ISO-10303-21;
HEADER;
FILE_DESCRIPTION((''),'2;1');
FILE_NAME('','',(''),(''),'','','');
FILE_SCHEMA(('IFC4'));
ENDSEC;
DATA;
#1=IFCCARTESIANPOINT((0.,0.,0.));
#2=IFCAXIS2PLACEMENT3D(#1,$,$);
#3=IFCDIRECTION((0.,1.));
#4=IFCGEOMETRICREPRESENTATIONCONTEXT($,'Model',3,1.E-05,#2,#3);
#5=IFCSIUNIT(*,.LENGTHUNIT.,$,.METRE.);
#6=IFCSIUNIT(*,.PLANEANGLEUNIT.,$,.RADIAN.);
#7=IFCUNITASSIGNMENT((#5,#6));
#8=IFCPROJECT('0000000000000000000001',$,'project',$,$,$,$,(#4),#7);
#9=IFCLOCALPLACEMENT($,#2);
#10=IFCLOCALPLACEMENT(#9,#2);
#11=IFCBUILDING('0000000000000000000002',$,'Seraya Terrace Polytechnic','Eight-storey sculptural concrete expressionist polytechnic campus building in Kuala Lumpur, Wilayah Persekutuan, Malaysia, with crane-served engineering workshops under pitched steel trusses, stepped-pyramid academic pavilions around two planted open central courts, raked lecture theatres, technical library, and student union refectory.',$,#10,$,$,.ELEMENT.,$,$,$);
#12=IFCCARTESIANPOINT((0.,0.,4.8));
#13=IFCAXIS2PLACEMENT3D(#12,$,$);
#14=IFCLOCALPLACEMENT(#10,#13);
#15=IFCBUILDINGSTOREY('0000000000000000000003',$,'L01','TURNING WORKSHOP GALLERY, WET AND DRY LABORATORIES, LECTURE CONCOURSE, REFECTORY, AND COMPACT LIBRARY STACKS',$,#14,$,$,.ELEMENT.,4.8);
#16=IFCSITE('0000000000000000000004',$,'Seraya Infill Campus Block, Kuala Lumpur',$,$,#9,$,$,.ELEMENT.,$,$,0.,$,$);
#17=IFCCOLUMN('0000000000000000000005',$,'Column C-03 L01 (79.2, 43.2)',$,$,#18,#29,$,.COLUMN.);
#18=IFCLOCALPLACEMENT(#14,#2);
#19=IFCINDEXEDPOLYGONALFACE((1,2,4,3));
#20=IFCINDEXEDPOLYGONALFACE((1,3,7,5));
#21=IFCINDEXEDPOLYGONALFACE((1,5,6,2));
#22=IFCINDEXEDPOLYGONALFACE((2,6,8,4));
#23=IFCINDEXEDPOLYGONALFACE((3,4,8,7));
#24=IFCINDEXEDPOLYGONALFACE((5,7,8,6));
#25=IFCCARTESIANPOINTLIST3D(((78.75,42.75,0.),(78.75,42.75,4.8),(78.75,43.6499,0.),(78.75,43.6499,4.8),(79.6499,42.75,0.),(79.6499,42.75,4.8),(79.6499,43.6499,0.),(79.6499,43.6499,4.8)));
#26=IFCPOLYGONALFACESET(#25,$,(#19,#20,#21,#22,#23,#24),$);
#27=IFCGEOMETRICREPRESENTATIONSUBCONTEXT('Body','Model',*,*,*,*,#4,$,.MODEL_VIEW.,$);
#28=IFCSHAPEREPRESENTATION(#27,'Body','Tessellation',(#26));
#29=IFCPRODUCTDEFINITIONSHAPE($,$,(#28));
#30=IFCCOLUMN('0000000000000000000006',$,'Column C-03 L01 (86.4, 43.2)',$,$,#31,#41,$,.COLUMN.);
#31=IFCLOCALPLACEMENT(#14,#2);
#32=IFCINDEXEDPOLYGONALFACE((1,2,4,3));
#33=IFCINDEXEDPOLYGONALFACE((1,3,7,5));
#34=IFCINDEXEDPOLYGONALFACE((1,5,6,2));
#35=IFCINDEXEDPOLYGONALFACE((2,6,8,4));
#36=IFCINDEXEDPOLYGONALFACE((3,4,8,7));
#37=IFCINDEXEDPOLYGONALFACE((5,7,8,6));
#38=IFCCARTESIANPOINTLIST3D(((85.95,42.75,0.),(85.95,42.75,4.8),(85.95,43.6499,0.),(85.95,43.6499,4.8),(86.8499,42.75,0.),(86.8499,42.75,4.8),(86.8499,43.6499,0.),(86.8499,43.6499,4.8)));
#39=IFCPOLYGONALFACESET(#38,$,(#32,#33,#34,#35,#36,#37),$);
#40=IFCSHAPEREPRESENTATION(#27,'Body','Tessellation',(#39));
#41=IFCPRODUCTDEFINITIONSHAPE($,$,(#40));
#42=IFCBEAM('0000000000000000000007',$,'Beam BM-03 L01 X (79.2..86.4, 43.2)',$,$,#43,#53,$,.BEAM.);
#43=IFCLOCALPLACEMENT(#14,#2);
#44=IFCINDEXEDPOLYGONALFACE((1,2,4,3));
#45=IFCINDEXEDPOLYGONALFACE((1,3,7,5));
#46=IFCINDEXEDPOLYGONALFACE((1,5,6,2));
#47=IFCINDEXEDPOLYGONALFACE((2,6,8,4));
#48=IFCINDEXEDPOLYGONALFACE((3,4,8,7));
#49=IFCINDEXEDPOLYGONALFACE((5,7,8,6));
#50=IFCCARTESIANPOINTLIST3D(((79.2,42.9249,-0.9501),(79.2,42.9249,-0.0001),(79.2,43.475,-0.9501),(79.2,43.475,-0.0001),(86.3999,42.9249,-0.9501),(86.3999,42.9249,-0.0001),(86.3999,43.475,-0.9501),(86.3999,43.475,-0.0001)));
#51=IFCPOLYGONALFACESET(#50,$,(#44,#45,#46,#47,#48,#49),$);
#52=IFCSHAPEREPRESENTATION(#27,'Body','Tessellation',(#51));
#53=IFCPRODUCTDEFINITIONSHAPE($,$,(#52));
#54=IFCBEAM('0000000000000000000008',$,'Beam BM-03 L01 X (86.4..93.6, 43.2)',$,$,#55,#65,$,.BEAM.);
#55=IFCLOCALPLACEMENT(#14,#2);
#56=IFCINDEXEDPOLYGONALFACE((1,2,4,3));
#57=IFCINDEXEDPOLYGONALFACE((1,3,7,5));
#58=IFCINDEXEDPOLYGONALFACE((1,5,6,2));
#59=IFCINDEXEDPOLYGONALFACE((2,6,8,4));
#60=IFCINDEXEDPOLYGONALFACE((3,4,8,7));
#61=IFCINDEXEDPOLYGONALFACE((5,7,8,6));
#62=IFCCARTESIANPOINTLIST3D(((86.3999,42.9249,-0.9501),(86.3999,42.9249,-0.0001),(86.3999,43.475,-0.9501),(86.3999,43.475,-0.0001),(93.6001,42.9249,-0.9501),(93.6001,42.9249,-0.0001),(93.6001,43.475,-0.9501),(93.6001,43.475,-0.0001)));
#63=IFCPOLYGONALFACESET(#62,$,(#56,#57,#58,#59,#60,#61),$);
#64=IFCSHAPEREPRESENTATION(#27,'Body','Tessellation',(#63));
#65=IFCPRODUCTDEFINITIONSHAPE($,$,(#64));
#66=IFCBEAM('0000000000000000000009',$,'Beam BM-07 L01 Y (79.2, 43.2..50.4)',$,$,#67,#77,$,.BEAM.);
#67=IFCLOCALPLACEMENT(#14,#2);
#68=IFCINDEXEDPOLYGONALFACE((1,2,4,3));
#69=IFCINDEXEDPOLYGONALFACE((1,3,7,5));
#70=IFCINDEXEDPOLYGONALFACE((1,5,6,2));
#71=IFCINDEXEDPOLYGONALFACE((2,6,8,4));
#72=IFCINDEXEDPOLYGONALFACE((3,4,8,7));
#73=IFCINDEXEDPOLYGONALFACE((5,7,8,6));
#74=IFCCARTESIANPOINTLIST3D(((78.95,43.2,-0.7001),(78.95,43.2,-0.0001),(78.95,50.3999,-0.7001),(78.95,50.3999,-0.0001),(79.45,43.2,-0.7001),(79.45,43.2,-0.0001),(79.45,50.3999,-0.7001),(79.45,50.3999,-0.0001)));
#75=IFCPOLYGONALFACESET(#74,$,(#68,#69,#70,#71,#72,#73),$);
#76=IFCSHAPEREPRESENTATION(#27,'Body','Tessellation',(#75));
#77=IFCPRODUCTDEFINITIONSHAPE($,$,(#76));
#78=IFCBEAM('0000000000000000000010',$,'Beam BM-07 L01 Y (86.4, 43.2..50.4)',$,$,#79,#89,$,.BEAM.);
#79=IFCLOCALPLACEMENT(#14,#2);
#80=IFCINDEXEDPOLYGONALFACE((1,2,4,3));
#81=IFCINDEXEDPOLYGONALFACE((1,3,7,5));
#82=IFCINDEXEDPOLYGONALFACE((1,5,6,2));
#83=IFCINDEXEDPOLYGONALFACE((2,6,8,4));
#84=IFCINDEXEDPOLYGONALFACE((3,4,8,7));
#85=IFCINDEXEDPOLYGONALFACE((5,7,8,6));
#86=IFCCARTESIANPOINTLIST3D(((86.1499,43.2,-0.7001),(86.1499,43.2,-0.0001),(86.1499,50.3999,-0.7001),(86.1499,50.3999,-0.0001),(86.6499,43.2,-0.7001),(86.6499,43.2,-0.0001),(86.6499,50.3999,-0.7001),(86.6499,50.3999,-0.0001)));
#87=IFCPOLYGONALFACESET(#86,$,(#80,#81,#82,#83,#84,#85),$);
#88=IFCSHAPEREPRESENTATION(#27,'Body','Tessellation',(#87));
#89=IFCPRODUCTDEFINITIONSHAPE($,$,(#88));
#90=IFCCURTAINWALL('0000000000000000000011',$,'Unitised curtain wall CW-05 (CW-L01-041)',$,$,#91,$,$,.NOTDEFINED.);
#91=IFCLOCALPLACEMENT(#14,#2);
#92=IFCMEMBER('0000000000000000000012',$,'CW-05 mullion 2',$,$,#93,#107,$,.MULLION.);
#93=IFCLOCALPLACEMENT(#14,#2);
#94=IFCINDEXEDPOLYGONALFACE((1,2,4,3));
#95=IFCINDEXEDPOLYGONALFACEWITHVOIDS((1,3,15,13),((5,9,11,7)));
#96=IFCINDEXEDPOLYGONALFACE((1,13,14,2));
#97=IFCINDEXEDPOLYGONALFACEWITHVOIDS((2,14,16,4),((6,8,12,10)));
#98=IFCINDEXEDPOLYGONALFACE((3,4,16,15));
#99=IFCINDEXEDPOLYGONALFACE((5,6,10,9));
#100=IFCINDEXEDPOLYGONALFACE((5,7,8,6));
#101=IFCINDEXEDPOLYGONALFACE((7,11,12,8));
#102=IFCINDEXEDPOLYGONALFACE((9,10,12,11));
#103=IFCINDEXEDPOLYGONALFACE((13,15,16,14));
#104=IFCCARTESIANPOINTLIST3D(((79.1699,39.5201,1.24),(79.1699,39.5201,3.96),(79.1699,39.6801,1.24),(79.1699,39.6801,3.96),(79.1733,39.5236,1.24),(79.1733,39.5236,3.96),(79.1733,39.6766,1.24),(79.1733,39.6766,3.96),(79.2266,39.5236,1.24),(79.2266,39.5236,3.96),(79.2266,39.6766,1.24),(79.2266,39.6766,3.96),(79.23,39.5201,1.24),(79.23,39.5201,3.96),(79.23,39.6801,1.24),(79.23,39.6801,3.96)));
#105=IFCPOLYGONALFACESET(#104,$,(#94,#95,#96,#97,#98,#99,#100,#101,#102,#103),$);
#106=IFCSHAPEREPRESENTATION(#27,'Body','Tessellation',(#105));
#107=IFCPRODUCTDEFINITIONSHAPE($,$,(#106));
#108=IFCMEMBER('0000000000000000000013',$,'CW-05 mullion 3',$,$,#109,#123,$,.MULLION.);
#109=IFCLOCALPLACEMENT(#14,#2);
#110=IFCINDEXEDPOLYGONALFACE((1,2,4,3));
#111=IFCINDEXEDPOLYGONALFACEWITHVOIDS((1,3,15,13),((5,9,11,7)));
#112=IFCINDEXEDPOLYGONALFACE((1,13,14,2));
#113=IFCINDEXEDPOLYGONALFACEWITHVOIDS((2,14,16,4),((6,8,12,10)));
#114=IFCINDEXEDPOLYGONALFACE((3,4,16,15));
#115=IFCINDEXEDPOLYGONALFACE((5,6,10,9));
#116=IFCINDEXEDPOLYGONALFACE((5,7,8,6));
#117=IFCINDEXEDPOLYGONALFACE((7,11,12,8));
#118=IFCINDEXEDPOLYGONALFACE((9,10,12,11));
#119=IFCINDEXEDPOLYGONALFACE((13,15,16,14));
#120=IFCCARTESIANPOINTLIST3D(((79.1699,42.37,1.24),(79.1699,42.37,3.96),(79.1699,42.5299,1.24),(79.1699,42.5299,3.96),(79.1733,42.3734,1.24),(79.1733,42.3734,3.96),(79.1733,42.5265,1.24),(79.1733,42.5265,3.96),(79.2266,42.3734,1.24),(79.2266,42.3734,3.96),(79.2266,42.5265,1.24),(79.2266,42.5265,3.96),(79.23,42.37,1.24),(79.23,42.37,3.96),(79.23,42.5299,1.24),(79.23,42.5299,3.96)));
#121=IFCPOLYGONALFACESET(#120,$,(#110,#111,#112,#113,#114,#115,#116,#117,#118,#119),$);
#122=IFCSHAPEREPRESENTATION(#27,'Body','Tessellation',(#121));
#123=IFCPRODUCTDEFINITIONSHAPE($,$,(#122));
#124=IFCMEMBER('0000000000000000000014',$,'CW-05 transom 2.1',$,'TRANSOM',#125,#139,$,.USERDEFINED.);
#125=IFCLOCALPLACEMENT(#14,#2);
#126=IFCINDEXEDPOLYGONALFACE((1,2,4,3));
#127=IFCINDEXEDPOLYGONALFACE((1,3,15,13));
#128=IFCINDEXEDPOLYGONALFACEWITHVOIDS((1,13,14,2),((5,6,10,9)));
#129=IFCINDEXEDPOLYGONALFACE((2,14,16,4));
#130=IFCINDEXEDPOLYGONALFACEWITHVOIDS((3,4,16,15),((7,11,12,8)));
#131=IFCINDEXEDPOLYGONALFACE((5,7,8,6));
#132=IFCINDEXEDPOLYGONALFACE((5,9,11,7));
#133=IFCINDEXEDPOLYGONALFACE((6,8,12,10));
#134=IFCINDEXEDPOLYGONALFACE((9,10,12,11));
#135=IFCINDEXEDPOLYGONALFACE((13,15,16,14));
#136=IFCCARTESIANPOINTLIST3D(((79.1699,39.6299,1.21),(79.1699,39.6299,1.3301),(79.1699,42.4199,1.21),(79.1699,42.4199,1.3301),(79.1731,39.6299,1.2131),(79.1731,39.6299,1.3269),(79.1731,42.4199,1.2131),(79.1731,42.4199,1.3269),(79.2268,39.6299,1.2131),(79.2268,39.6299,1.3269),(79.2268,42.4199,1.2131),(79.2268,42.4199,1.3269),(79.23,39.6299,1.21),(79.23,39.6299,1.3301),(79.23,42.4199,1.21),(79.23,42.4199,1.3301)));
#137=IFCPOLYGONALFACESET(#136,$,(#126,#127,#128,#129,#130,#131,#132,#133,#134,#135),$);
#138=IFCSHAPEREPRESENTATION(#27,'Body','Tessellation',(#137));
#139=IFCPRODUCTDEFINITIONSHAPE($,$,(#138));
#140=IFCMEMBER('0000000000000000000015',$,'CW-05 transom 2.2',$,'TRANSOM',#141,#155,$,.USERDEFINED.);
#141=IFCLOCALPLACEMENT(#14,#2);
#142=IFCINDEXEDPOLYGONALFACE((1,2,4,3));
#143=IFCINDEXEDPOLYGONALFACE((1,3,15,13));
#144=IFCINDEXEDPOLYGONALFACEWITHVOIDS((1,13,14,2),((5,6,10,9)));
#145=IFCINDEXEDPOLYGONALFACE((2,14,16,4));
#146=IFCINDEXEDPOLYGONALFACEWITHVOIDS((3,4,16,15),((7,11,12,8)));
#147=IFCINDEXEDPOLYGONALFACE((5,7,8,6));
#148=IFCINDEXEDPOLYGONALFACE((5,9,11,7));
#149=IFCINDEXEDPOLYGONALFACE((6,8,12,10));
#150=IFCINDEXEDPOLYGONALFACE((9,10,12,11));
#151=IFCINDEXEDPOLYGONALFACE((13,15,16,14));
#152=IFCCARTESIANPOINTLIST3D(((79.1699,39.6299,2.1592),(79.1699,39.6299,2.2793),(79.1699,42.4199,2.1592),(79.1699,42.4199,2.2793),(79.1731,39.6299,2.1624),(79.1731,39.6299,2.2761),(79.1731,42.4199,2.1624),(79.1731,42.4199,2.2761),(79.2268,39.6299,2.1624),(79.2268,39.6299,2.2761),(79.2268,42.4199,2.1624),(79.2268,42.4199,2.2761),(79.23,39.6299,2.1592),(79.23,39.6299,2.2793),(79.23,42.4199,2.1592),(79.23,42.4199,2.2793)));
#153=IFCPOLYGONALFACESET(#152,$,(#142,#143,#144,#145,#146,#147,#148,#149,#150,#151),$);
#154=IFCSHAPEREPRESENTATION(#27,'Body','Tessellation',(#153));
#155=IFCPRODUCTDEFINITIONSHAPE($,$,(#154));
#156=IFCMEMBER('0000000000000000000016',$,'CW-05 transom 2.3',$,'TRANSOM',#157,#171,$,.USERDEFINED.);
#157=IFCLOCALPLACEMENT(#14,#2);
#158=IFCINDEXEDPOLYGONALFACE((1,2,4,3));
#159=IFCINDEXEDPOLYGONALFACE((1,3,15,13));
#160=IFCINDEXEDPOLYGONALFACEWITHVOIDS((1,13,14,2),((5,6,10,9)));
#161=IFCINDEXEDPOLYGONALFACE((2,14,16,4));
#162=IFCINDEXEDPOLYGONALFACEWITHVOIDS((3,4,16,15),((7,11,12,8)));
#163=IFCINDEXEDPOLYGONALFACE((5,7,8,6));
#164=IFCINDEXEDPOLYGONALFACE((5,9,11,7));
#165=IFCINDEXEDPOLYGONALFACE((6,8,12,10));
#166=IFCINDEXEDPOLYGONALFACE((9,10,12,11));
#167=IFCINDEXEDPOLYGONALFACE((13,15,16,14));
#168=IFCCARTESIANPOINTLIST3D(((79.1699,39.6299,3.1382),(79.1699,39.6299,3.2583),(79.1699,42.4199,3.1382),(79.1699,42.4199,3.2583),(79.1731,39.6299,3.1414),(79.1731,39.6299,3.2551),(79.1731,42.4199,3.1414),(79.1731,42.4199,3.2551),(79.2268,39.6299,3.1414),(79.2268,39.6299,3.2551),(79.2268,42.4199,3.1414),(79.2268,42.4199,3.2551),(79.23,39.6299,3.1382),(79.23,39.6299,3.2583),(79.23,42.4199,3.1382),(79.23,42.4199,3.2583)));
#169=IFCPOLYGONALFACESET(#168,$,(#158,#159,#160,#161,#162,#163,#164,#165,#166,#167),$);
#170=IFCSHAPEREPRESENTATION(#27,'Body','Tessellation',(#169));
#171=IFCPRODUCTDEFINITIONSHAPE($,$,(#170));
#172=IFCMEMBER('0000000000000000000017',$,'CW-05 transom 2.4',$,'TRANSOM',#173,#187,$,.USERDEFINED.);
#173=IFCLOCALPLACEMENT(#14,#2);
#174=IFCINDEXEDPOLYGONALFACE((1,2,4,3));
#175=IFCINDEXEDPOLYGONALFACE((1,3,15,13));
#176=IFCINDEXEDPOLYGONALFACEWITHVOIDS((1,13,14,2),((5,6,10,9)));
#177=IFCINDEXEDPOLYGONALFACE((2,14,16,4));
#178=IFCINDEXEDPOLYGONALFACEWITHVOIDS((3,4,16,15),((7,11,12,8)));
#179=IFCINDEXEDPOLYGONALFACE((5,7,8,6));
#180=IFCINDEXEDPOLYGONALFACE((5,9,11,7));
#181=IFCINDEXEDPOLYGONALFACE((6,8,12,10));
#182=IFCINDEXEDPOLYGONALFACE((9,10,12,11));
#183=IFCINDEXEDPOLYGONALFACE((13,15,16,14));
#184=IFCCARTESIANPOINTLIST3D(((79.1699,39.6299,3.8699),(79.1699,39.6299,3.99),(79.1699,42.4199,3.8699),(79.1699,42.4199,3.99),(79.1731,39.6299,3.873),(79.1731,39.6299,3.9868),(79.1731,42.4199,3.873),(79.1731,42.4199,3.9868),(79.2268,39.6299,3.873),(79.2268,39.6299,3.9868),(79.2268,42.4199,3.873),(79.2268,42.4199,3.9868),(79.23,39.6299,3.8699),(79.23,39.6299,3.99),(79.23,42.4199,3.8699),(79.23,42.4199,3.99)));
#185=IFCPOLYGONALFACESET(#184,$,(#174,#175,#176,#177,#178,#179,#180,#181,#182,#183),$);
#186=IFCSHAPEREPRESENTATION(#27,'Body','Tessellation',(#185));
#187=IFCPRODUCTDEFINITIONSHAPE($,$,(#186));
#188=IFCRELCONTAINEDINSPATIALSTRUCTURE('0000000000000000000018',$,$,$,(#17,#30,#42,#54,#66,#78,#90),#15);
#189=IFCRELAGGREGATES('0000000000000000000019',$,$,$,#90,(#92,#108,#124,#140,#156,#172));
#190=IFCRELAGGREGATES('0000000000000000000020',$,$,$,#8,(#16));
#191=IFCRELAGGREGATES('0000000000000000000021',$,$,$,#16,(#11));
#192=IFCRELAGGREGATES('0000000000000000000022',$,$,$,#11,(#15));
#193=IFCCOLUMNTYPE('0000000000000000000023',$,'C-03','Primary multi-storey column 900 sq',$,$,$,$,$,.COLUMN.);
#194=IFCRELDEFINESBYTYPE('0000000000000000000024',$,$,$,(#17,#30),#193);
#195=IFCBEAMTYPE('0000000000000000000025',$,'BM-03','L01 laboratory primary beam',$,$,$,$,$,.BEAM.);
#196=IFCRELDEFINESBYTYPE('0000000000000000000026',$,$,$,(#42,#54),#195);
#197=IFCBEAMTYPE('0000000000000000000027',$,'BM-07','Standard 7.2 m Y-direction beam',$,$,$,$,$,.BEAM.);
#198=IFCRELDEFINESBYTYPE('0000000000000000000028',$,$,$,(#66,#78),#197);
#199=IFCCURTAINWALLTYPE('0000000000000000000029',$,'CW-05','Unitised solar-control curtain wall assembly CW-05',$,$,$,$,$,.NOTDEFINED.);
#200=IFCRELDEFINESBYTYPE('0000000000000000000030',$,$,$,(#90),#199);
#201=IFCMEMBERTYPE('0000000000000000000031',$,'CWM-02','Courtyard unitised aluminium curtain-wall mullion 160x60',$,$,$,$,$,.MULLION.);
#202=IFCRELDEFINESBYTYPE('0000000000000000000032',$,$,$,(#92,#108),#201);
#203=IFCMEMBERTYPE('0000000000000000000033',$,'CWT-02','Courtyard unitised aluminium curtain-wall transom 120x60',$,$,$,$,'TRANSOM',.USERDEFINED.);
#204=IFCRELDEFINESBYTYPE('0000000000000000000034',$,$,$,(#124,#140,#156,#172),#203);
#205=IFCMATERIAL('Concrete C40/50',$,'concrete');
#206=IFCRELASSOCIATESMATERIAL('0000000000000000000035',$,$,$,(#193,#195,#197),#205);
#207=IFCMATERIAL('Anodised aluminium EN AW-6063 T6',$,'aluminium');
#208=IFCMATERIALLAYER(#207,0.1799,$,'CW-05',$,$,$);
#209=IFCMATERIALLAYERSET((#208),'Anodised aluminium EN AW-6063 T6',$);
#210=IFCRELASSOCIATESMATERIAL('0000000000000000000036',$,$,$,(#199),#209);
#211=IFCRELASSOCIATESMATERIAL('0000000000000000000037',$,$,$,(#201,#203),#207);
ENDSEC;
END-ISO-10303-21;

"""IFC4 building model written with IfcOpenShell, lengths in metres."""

from ifc_helpers import new_model, si_unit, direction, frame, origin, origin_2d, place, context, subcontext, project, spatial, rectangle, hollow_rectangle, extrude, material, layer, layer_set, material_profile, profile_set, type_object, element, aggregate, save


model = new_model("IFC4")

# Units and contexts
model_context = context("Model", 3, precision=1e-05, world=origin(), true_north=direction((0.0, 1.0)))
body_context = subcontext(model_context, "Body", "Model", "MODEL_VIEW")
ifc_project = project(units=[si_unit("LENGTHUNIT", "METRE"), si_unit("PLANEANGLEUNIT", "RADIAN")], contexts=[model_context])

# Site, building, storey
site_placement = place(None, origin())
site = spatial("IfcSite", under=ifc_project, at=site_placement, Name="Seraya Infill Campus Block, Kuala Lumpur", CompositionType="ELEMENT", RefElevation=0.0)
building_placement = place(site_placement, origin())
building = spatial("IfcBuilding", under=site, at=building_placement, Name="Seraya Terrace Polytechnic", Description="Eight-storey sculptural concrete expressionist polytechnic campus building in Kuala Lumpur, Wilayah Persekutuan, Malaysia, with crane-served engineering workshops under pitched steel trusses, stepped-pyramid academic pavilions around two planted open central courts, raked lecture theatres, technical library, and student union refectory.", CompositionType="ELEMENT")
storey_placement = place(building_placement, frame((0.0, 0.0, 4.8)))
storey = spatial("IfcBuildingStorey", under=building, at=storey_placement, Name="L01", Description="TURNING WORKSHOP GALLERY, WET AND DRY LABORATORIES, LECTURE CONCOURSE, REFECTORY, AND COMPACT LIBRARY STACKS", CompositionType="ELEMENT", Elevation=4.8)

# Columns
ifc_material_1 = material(Name="Concrete C40/50", Category="concrete")
ifc_material_profile_1 = material_profile(ifc_material_1, rectangle(XDim=0.8999, YDim=0.8999, at=origin_2d()), Name="RC 900x900")
ifc_profile_set_1 = profile_set([ifc_material_profile_1], Name="Concrete C40/50")
column_type = type_object("IfcColumnType", Name="C-03", Description="Primary multi-storey column 900 sq", PredefinedType="COLUMN", material=ifc_profile_set_1)
for number, where, z_axis, x_axis, name in (
    (1, (79.2, 43.2, 0.0), (0.0, 0.0, 1.0), (1.0, 0.0, 0.0), "Column C-03 L01 (79.2, 43.2)"),
    (2, (86.3999, 43.2, 0.0), (0.0, 0.0, 1.0), (1.0, 0.0, 0.0), "Column C-03 L01 (86.4, 43.2)"),
):
    element("IfcColumn", number, at=place(storey_placement, frame(where, z_axis=z_axis, x_axis=x_axis)), inside=storey, type_object=column_type, Name=name, PredefinedType="COLUMN", context=body_context, shape_type="SweptSolid", body=[
        extrude(rectangle(XDim=0.8999, YDim=0.8999, at=origin_2d()), origin(), (0.0, 0.0, 1.0), 4.8),
    ])

# Beams
ifc_material_profile_2 = material_profile(ifc_material_1, rectangle(XDim=0.55, YDim=0.95, at=origin_2d()), Name="RC 550x950")
ifc_profile_set_2 = profile_set([ifc_material_profile_2], Name="Concrete C40/50")
beam_type_1 = type_object("IfcBeamType", Name="BM-03", Description="L01 laboratory primary beam", PredefinedType="BEAM", material=ifc_profile_set_2)
beam_1_placement = place(storey_placement, frame((79.2, 43.2, -0.4751), z_axis=(1.0, 0.0, 0.0), x_axis=(0.0, 1.0, 0.0)))
element("IfcBeam", 3, at=beam_1_placement, inside=storey, type_object=beam_type_1, Name="Beam BM-03 L01 X (79.2..86.4, 43.2)", PredefinedType="BEAM", context=body_context, shape_type="SweptSolid", body=[
    extrude(rectangle(XDim=0.55, YDim=0.95, at=origin_2d()), origin(), (0.0, 0.0, 1.0), 7.2),
])
beam_2_placement = place(storey_placement, frame((86.3999, 43.2, -0.4751), z_axis=(1.0, 0.0, 0.0), x_axis=(0.0, 1.0, 0.0)))
element("IfcBeam", 4, at=beam_2_placement, inside=storey, type_object=beam_type_1, Name="Beam BM-03 L01 X (86.4..93.6, 43.2)", PredefinedType="BEAM", context=body_context, shape_type="SweptSolid", body=[
    extrude(rectangle(XDim=0.55, YDim=0.95, at=origin_2d()), origin(), (0.0, 0.0, 1.0), 7.2002),
])
ifc_material_profile_3 = material_profile(ifc_material_1, rectangle(XDim=0.5, YDim=0.7, at=origin_2d()), Name="RC 500x700")
ifc_profile_set_3 = profile_set([ifc_material_profile_3], Name="Concrete C40/50")
beam_type_2 = type_object("IfcBeamType", Name="BM-07", Description="Standard 7.2 m Y-direction beam", PredefinedType="BEAM", material=ifc_profile_set_3)
for number, where, z_axis, x_axis, name in (
    (5, (79.2, 43.2, -0.3501), (0.0, 1.0, 0.0), (-1.0, 0.0, 0.0), "Beam BM-07 L01 Y (79.2, 43.2..50.4)"),
    (6, (86.3999, 43.2, -0.3501), (0.0, 1.0, 0.0), (-1.0, 0.0, 0.0), "Beam BM-07 L01 Y (86.4, 43.2..50.4)"),
):
    element("IfcBeam", number, at=place(storey_placement, frame(where, z_axis=z_axis, x_axis=x_axis)), inside=storey, type_object=beam_type_2, Name=name, PredefinedType="BEAM", context=body_context, shape_type="SweptSolid", body=[
        extrude(rectangle(XDim=0.5, YDim=0.7, at=origin_2d()), origin(), (0.0, 0.0, 1.0), 7.2),
    ])

# Curtain wall, members
ifc_material_2 = material(Name="Anodised aluminium EN AW-6063 T6", Category="aluminium")
ifc_layer_1 = layer(ifc_material_2, 0.1799, Name="CW-05")
ifc_layer_set_1 = layer_set([ifc_layer_1], Name="Anodised aluminium EN AW-6063 T6")
curtain_wall_type = type_object("IfcCurtainWallType", Name="CW-05", Description="Unitised solar-control curtain wall assembly CW-05", PredefinedType="NOTDEFINED", material=ifc_layer_set_1)
curtain_wall_placement = place(storey_placement, origin())
curtain_wall = element("IfcCurtainWall", 7, at=curtain_wall_placement, inside=storey, type_object=curtain_wall_type, Name="Unitised curtain wall CW-05 (CW-L01-041)", PredefinedType="NOTDEFINED")
ifc_material_profile_4 = material_profile(ifc_material_2, hollow_rectangle(XDim=0.0601, YDim=0.1599, WallThickness=0.0034, at=origin_2d()), Name="RHS 160x60x3.5")
ifc_profile_set_4 = profile_set([ifc_material_profile_4], Name="Anodised aluminium EN AW-6063 T6")
member_type_1 = type_object("IfcMemberType", Name="CWM-02", Description="Courtyard unitised aluminium curtain-wall mullion 160x60", PredefinedType="MULLION", material=ifc_profile_set_4)
member_1_placement = place(storey_placement, frame((79.2, 39.6001, 1.24), z_axis=(0.0, 0.0, 1.0), x_axis=(-1.0, 0.0, 0.0)))
member_1 = element("IfcMember", 8, at=member_1_placement, type_object=member_type_1, Name="CW-05 mullion 2", PredefinedType="MULLION", context=body_context, shape_type="SweptSolid", body=[
    extrude(hollow_rectangle(XDim=0.0601, YDim=0.1599, WallThickness=0.0034, at=origin_2d()), origin(), (0.0, 0.0, 1.0), 2.72),
])
member_2_placement = place(storey_placement, frame((79.2, 42.45, 1.24), z_axis=(0.0, 0.0, 1.0), x_axis=(-1.0, 0.0, 0.0)))
member_2 = element("IfcMember", 9, at=member_2_placement, type_object=member_type_1, Name="CW-05 mullion 3", PredefinedType="MULLION", context=body_context, shape_type="SweptSolid", body=[
    extrude(hollow_rectangle(XDim=0.0601, YDim=0.1599, WallThickness=0.0034, at=origin_2d()), origin(), (0.0, 0.0, 1.0), 2.72),
])
ifc_material_profile_5 = material_profile(ifc_material_2, hollow_rectangle(XDim=0.0601, YDim=0.1201, WallThickness=0.0032, at=origin_2d()), Name="RHS 120x60x3.2")
ifc_profile_set_5 = profile_set([ifc_material_profile_5], Name="Anodised aluminium EN AW-6063 T6")
member_type_2 = type_object("IfcMemberType", Name="CWT-02", Description="Courtyard unitised aluminium curtain-wall transom 120x60", ElementType="TRANSOM", PredefinedType="USERDEFINED", material=ifc_profile_set_5)
member_3_placement = place(storey_placement, frame((79.2, 39.6299, 1.27), z_axis=(0.0, 1.0, 0.0), x_axis=(-1.0, 0.0, 0.0)))
member_3 = element("IfcMember", 10, at=member_3_placement, type_object=member_type_2, Name="CW-05 transom 2.1", ObjectType="TRANSOM", PredefinedType="USERDEFINED", context=body_context, shape_type="SweptSolid", body=[
    extrude(hollow_rectangle(XDim=0.0601, YDim=0.1201, WallThickness=0.0032, at=origin_2d()), origin(), (0.0, 0.0, 1.0), 2.79),
])
member_4_placement = place(storey_placement, frame((79.2, 39.6299, 2.2192), z_axis=(0.0, 1.0, 0.0), x_axis=(-1.0, 0.0, 0.0)))
member_4 = element("IfcMember", 11, at=member_4_placement, type_object=member_type_2, Name="CW-05 transom 2.2", ObjectType="TRANSOM", PredefinedType="USERDEFINED", context=body_context, shape_type="SweptSolid", body=[
    extrude(hollow_rectangle(XDim=0.0601, YDim=0.1201, WallThickness=0.0032, at=origin_2d()), origin(), (0.0, 0.0, 1.0), 2.79),
])
member_5_placement = place(storey_placement, frame((79.2, 39.6299, 3.1982), z_axis=(0.0, 1.0, 0.0), x_axis=(-1.0, 0.0, 0.0)))
member_5 = element("IfcMember", 12, at=member_5_placement, type_object=member_type_2, Name="CW-05 transom 2.3", ObjectType="TRANSOM", PredefinedType="USERDEFINED", context=body_context, shape_type="SweptSolid", body=[
    extrude(hollow_rectangle(XDim=0.0601, YDim=0.1201, WallThickness=0.0032, at=origin_2d()), origin(), (0.0, 0.0, 1.0), 2.79),
])
member_6_placement = place(storey_placement, frame((79.2, 39.6299, 3.9299), z_axis=(0.0, 1.0, 0.0), x_axis=(-1.0, 0.0, 0.0)))
member_6 = element("IfcMember", 13, at=member_6_placement, type_object=member_type_2, Name="CW-05 transom 2.4", ObjectType="TRANSOM", PredefinedType="USERDEFINED", context=body_context, shape_type="SweptSolid", body=[
    extrude(hollow_rectangle(XDim=0.0601, YDim=0.1201, WallThickness=0.0032, at=origin_2d()), origin(), (0.0, 0.0, 1.0), 2.79),
])
aggregate(curtain_wall, [member_1, member_2, member_3, member_4, member_5, member_6])

save(model, "model.ifc")
